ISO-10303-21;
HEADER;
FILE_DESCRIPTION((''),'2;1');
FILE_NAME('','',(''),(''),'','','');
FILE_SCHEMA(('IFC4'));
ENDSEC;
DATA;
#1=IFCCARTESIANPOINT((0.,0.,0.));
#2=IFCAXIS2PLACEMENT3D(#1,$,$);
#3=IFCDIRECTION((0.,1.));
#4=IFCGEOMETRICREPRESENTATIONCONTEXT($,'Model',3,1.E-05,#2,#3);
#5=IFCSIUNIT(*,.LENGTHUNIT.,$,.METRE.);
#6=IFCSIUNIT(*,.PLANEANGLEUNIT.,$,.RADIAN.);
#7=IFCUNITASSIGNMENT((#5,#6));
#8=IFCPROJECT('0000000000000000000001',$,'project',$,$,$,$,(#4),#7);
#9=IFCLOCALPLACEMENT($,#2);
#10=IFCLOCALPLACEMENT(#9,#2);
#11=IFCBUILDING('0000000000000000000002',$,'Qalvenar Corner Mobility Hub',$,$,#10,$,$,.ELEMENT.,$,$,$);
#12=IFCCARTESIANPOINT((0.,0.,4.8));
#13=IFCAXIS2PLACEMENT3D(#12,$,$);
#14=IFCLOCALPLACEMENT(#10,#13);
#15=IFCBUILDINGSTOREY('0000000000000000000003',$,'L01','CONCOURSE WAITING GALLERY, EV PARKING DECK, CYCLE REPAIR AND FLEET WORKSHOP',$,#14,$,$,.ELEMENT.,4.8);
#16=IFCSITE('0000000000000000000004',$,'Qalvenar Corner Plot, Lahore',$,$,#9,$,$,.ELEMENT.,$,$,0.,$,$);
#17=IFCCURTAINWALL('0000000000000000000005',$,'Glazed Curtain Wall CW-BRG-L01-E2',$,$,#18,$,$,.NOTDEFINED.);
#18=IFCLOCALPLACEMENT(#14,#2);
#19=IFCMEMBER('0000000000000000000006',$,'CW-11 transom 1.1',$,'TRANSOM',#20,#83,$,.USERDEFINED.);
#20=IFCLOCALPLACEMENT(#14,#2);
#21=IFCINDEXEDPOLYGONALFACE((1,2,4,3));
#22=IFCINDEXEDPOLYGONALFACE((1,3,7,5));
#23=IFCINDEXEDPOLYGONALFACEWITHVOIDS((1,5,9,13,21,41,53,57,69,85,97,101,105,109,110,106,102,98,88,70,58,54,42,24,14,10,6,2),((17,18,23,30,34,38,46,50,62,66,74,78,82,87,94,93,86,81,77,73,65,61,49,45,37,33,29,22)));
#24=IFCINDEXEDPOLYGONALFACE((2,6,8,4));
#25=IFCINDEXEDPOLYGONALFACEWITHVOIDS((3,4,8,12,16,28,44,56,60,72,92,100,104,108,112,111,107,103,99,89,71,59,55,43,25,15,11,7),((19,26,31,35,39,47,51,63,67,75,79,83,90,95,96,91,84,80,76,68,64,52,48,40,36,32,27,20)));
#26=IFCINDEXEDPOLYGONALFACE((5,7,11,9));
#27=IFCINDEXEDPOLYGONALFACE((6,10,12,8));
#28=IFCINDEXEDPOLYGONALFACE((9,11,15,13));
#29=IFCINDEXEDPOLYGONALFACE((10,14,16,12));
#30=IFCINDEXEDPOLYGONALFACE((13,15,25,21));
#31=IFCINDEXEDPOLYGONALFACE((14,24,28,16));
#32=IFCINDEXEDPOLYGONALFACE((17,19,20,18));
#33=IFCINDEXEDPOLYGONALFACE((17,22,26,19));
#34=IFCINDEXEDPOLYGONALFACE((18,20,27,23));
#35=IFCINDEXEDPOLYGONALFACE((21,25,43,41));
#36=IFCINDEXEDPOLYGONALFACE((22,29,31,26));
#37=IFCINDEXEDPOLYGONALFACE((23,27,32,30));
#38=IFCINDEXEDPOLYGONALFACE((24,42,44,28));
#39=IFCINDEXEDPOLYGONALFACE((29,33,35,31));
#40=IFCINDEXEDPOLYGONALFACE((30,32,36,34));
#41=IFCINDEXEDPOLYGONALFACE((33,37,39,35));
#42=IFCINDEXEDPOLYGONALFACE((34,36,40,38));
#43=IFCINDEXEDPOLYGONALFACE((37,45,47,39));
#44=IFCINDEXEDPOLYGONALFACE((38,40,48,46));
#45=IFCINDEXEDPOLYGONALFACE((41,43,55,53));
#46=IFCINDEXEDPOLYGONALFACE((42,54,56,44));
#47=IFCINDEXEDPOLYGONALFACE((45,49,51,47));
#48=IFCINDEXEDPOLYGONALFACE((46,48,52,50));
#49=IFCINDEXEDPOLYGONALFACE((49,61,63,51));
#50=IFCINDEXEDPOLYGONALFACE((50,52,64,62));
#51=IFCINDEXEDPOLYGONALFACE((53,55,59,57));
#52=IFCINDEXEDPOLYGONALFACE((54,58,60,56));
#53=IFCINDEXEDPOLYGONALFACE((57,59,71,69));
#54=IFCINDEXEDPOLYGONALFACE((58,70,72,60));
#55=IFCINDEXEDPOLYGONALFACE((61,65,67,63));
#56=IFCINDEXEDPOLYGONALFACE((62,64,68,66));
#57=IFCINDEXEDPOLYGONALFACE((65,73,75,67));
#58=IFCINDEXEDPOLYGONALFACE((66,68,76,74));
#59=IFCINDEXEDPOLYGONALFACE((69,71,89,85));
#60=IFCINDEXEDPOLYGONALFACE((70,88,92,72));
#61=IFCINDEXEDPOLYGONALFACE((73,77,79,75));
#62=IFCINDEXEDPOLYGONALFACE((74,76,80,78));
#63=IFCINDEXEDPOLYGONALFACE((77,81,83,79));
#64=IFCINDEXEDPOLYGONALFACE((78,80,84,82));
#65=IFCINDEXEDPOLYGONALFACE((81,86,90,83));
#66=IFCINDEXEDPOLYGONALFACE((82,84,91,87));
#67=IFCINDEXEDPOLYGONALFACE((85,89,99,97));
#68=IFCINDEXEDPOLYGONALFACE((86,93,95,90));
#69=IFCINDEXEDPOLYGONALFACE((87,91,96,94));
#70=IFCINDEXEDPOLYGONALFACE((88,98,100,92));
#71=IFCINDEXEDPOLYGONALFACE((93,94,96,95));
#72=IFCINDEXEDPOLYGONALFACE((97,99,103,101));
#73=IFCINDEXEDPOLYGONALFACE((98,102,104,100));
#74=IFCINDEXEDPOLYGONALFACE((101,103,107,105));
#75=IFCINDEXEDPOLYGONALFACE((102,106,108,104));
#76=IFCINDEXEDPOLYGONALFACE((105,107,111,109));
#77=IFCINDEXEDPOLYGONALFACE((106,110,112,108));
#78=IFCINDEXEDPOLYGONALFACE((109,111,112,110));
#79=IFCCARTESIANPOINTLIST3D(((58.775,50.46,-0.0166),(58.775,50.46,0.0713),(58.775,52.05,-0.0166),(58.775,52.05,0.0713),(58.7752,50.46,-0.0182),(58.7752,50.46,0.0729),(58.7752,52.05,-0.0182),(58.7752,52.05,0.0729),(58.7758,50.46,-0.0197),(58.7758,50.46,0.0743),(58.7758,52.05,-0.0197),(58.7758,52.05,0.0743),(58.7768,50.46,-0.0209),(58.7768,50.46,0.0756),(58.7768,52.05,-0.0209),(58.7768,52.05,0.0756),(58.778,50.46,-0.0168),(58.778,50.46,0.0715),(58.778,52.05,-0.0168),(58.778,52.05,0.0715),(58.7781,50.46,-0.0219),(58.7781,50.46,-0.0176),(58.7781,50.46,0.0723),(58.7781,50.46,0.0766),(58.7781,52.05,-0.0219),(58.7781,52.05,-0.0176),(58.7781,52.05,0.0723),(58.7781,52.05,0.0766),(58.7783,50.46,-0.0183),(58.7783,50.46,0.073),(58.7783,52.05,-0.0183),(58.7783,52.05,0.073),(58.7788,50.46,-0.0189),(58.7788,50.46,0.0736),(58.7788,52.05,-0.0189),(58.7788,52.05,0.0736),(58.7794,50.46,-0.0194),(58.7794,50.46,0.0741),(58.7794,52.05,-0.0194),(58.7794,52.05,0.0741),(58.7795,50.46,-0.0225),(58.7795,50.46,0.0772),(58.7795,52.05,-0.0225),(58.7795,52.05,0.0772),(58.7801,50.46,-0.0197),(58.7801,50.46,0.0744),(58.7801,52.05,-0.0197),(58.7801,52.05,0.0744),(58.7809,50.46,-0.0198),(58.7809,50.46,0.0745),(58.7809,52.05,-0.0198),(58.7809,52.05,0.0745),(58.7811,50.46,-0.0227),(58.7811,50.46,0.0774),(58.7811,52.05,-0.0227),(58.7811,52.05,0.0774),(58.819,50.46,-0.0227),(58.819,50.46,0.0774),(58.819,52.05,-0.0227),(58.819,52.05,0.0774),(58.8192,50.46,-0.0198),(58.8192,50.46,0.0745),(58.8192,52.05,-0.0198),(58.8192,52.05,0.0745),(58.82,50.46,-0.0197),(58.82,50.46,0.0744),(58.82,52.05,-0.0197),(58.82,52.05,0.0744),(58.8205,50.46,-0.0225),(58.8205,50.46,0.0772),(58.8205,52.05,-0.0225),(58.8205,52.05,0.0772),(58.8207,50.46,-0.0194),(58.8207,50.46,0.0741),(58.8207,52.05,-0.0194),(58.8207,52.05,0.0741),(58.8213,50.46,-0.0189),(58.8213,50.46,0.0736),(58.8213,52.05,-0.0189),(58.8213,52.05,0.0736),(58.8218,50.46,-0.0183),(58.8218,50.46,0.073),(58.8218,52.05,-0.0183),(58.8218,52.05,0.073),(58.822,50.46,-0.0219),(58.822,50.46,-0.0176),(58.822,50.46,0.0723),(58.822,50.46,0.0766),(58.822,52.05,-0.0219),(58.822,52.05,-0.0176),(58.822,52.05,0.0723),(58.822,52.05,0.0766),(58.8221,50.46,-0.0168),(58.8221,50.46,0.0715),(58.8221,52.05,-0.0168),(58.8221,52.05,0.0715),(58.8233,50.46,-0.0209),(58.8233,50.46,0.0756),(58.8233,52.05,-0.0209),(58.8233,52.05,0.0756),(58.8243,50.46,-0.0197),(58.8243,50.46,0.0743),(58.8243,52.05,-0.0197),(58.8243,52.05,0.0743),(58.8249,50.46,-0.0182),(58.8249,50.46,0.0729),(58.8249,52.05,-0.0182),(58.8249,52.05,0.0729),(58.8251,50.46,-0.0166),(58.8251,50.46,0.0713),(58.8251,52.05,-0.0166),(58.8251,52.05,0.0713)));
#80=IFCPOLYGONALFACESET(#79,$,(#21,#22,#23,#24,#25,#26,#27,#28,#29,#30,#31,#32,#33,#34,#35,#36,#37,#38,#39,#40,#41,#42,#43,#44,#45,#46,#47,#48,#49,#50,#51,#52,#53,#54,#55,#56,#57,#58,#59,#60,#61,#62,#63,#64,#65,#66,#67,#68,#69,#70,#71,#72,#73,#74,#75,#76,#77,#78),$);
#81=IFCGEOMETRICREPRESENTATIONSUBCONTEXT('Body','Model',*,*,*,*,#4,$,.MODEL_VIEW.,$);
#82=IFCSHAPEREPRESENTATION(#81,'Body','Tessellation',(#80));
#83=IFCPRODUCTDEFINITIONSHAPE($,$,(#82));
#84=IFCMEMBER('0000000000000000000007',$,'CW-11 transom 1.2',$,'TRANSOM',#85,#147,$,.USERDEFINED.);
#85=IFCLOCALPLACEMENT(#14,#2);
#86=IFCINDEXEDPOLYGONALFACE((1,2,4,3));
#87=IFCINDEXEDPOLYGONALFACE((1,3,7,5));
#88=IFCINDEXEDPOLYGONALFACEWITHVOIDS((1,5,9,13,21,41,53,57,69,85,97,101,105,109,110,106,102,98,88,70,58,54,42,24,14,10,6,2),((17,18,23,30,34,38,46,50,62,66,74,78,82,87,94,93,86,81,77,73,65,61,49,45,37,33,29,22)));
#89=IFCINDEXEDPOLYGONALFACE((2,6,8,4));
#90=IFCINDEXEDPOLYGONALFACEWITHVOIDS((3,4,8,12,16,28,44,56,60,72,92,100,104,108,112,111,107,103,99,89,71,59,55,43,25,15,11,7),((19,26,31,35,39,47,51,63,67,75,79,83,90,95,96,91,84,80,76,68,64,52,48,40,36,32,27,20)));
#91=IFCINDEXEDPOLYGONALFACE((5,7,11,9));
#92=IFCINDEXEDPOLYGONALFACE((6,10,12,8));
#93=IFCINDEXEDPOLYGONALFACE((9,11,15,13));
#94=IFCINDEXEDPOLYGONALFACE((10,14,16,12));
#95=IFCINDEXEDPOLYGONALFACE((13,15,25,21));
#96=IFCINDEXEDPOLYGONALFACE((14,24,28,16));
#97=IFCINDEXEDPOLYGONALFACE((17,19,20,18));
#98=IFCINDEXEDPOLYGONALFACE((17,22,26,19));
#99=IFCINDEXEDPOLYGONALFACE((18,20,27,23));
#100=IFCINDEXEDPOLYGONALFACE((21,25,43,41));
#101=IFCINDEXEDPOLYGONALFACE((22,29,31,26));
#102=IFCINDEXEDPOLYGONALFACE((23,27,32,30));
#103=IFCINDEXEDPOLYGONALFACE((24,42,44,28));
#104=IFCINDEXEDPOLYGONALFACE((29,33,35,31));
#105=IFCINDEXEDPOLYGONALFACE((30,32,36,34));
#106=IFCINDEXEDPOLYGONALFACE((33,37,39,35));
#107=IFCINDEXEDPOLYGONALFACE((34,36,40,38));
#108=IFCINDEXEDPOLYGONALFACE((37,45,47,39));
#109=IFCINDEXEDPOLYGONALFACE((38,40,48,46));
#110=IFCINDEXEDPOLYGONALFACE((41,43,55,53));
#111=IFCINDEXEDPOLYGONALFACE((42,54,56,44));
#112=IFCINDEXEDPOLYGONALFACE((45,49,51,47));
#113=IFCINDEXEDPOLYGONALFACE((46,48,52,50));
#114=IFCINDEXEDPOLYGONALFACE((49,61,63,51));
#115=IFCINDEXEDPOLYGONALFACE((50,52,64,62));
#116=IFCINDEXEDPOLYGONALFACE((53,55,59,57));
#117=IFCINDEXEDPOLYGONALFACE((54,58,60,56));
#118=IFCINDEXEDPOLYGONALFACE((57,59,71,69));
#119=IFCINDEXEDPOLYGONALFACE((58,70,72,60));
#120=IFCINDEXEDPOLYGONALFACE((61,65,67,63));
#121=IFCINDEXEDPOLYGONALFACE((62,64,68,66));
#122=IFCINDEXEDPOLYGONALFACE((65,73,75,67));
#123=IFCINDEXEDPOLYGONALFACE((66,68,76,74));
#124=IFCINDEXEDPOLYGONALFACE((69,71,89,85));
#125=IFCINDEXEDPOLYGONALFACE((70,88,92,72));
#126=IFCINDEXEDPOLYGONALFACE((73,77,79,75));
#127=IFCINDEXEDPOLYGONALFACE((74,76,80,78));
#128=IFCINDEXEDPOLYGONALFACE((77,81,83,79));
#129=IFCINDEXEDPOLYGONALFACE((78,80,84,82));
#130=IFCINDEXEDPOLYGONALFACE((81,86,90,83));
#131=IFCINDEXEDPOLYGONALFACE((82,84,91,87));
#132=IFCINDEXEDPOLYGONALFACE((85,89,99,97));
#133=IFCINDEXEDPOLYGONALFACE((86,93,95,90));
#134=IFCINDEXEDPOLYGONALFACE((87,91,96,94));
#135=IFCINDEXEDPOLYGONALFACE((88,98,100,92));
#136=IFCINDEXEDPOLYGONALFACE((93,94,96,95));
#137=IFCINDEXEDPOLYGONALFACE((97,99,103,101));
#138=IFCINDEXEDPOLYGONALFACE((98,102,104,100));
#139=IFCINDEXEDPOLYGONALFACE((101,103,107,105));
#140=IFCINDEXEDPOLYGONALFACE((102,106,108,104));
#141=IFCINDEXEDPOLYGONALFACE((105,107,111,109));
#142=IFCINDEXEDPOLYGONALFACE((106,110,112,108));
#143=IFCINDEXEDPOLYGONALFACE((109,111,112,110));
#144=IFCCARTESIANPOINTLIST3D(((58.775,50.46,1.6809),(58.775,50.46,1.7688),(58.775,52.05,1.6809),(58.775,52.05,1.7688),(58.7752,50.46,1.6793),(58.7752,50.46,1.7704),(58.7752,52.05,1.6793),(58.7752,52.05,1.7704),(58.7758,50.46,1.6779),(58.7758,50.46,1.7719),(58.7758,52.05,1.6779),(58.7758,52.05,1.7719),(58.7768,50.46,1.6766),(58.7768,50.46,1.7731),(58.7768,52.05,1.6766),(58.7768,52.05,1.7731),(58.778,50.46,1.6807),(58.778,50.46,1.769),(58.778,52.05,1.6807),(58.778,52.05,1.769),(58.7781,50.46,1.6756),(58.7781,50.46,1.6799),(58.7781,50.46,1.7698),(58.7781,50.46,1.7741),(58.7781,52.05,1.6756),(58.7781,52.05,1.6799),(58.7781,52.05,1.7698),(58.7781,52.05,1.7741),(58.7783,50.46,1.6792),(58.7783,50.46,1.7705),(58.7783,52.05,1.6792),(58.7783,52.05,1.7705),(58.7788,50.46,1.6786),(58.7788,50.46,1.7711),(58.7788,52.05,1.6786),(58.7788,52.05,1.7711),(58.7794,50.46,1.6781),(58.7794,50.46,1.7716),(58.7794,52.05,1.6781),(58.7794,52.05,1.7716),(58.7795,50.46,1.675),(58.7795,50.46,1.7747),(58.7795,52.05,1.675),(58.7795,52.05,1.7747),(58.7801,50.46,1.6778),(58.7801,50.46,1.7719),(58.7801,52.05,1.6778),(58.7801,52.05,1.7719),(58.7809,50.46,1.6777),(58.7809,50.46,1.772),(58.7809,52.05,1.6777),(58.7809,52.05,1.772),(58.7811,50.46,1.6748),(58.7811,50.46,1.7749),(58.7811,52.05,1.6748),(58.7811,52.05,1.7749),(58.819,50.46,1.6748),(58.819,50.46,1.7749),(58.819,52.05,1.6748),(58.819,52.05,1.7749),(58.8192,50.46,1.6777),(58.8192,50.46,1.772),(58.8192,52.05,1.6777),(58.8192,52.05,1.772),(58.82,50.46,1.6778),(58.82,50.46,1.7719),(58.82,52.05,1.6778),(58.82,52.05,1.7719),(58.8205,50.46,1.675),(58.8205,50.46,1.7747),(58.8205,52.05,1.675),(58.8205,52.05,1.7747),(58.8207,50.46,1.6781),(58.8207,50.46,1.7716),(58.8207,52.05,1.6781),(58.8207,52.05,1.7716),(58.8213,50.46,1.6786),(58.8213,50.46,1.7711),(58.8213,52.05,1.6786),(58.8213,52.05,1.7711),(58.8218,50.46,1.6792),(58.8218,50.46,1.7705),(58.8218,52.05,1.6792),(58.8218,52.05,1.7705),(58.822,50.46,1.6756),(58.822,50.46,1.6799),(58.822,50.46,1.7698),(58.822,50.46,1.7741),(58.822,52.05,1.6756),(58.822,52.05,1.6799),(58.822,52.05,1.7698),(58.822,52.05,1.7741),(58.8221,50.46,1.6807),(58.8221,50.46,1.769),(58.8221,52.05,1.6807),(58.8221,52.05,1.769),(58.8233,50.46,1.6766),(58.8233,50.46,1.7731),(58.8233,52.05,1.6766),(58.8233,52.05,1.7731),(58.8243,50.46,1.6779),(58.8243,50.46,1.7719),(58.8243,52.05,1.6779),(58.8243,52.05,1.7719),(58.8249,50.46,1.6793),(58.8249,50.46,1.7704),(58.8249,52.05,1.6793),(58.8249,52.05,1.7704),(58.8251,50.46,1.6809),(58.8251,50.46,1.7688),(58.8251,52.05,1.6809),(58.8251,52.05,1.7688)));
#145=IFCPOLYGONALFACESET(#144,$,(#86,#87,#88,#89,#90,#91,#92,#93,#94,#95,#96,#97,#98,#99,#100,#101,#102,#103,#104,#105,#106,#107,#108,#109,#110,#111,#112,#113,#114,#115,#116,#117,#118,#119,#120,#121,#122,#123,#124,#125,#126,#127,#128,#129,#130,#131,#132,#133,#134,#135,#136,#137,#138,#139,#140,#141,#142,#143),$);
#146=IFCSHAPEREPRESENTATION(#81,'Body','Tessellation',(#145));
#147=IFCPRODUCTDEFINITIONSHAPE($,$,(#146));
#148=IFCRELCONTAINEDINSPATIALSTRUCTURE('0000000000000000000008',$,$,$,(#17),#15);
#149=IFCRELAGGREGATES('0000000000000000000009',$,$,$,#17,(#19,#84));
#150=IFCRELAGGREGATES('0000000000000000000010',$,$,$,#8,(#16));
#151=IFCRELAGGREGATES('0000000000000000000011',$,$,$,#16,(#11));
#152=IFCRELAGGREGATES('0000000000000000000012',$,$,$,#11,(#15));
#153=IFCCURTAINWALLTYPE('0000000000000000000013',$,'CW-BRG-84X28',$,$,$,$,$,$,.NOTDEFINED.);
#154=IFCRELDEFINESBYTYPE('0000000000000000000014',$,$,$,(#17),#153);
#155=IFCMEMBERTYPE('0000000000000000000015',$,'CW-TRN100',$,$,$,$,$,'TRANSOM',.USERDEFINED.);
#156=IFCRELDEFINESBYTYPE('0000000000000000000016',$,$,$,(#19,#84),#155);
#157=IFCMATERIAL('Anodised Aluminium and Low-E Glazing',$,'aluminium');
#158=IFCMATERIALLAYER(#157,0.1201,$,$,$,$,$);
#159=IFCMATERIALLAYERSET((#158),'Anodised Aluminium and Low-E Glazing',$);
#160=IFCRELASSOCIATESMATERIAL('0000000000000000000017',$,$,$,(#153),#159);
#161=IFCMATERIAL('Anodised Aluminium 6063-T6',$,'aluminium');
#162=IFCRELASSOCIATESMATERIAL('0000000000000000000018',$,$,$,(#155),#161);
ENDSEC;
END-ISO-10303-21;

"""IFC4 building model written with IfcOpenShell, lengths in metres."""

from ifc_helpers import new_model, si_unit, direction, frame, origin, origin_2d, place, context, subcontext, project, spatial, hollow_rectangle, extrude, material, layer, layer_set, material_profile, profile_set, type_object, element, aggregate, save


model = new_model("IFC4")

# Units and contexts
model_context = context("Model", 3, precision=1e-05, world=origin(), true_north=direction((0.0, 1.0)))
body_context = subcontext(model_context, "Body", "Model", "MODEL_VIEW")
ifc_project = project(units=[si_unit("LENGTHUNIT", "METRE"), si_unit("PLANEANGLEUNIT", "RADIAN")], contexts=[model_context])

# Site, building, storey
site_placement = place(None, origin())
site = spatial("IfcSite", under=ifc_project, at=site_placement, Name="Qalvenar Corner Plot, Lahore", CompositionType="ELEMENT", RefElevation=0.0)
building_placement = place(site_placement, origin())
building = spatial("IfcBuilding", under=site, at=building_placement, Name="Qalvenar Corner Mobility Hub", CompositionType="ELEMENT")
storey_placement = place(building_placement, frame((0.0, 0.0, 4.8)))
storey = spatial("IfcBuildingStorey", under=building, at=storey_placement, Name="L01", Description="CONCOURSE WAITING GALLERY, EV PARKING DECK, CYCLE REPAIR AND FLEET WORKSHOP", CompositionType="ELEMENT", Elevation=4.8)

# Curtain wall, members
ifc_material_1 = material(Name="Anodised Aluminium and Low-E Glazing", Category="aluminium")
ifc_layer_1 = layer(ifc_material_1, 0.1201)
ifc_layer_set_1 = layer_set([ifc_layer_1], Name="Anodised Aluminium and Low-E Glazing")
curtain_wall_type = type_object("IfcCurtainWallType", Name="CW-BRG-84X28", PredefinedType="NOTDEFINED", material=ifc_layer_set_1)
curtain_wall_placement = place(storey_placement, origin())
curtain_wall = element("IfcCurtainWall", 1, at=curtain_wall_placement, inside=storey, type_object=curtain_wall_type, Name="Glazed Curtain Wall CW-BRG-L01-E2", PredefinedType="NOTDEFINED")
ifc_material_2 = material(Name="Anodised Aluminium 6063-T6", Category="aluminium")
ifc_material_profile_1 = material_profile(ifc_material_2, hollow_rectangle(XDim=0.05, YDim=0.1001, WallThickness=0.0029, InnerFilletRadius=0.0029, OuterFilletRadius=0.0061, at=origin_2d()), Name="RHS100x50x3")
ifc_profile_set_1 = profile_set([ifc_material_profile_1], Name="Anodised Aluminium 6063-T6")
member_type_1 = type_object("IfcMemberType", Name="CW-TRN100", ElementType="TRANSOM", PredefinedType="USERDEFINED", material=ifc_profile_set_1)
member_1_placement = place(storey_placement, frame((58.8, 50.46, 0.0273), z_axis=(0.0, 1.0, 0.0), x_axis=(-1.0, 0.0, 0.0)))
member_1 = element("IfcMember", 2, at=member_1_placement, type_object=member_type_1, Name="CW-11 transom 1.1", ObjectType="TRANSOM", PredefinedType="USERDEFINED", context=body_context, shape_type="SweptSolid", body=[
    extrude(hollow_rectangle(XDim=0.05, YDim=0.1001, WallThickness=0.0029, InnerFilletRadius=0.0029, OuterFilletRadius=0.0061, at=origin_2d()), origin(), (0.0, 0.0, 1.0), 1.5901),
])
member_2_placement = place(storey_placement, frame((58.8, 50.46, 1.7249), z_axis=(0.0, 1.0, 0.0), x_axis=(-1.0, 0.0, 0.0)))
member_2 = element("IfcMember", 3, at=member_2_placement, type_object=member_type_1, Name="CW-11 transom 1.2", ObjectType="TRANSOM", PredefinedType="USERDEFINED", context=body_context, shape_type="SweptSolid", body=[
    extrude(hollow_rectangle(XDim=0.05, YDim=0.1001, WallThickness=0.0029, InnerFilletRadius=0.0029, OuterFilletRadius=0.0061, at=origin_2d()), origin(), (0.0, 0.0, 1.0), 1.5901),
])
aggregate(curtain_wall, [member_1, member_2])

save(model, "model.ifc")
